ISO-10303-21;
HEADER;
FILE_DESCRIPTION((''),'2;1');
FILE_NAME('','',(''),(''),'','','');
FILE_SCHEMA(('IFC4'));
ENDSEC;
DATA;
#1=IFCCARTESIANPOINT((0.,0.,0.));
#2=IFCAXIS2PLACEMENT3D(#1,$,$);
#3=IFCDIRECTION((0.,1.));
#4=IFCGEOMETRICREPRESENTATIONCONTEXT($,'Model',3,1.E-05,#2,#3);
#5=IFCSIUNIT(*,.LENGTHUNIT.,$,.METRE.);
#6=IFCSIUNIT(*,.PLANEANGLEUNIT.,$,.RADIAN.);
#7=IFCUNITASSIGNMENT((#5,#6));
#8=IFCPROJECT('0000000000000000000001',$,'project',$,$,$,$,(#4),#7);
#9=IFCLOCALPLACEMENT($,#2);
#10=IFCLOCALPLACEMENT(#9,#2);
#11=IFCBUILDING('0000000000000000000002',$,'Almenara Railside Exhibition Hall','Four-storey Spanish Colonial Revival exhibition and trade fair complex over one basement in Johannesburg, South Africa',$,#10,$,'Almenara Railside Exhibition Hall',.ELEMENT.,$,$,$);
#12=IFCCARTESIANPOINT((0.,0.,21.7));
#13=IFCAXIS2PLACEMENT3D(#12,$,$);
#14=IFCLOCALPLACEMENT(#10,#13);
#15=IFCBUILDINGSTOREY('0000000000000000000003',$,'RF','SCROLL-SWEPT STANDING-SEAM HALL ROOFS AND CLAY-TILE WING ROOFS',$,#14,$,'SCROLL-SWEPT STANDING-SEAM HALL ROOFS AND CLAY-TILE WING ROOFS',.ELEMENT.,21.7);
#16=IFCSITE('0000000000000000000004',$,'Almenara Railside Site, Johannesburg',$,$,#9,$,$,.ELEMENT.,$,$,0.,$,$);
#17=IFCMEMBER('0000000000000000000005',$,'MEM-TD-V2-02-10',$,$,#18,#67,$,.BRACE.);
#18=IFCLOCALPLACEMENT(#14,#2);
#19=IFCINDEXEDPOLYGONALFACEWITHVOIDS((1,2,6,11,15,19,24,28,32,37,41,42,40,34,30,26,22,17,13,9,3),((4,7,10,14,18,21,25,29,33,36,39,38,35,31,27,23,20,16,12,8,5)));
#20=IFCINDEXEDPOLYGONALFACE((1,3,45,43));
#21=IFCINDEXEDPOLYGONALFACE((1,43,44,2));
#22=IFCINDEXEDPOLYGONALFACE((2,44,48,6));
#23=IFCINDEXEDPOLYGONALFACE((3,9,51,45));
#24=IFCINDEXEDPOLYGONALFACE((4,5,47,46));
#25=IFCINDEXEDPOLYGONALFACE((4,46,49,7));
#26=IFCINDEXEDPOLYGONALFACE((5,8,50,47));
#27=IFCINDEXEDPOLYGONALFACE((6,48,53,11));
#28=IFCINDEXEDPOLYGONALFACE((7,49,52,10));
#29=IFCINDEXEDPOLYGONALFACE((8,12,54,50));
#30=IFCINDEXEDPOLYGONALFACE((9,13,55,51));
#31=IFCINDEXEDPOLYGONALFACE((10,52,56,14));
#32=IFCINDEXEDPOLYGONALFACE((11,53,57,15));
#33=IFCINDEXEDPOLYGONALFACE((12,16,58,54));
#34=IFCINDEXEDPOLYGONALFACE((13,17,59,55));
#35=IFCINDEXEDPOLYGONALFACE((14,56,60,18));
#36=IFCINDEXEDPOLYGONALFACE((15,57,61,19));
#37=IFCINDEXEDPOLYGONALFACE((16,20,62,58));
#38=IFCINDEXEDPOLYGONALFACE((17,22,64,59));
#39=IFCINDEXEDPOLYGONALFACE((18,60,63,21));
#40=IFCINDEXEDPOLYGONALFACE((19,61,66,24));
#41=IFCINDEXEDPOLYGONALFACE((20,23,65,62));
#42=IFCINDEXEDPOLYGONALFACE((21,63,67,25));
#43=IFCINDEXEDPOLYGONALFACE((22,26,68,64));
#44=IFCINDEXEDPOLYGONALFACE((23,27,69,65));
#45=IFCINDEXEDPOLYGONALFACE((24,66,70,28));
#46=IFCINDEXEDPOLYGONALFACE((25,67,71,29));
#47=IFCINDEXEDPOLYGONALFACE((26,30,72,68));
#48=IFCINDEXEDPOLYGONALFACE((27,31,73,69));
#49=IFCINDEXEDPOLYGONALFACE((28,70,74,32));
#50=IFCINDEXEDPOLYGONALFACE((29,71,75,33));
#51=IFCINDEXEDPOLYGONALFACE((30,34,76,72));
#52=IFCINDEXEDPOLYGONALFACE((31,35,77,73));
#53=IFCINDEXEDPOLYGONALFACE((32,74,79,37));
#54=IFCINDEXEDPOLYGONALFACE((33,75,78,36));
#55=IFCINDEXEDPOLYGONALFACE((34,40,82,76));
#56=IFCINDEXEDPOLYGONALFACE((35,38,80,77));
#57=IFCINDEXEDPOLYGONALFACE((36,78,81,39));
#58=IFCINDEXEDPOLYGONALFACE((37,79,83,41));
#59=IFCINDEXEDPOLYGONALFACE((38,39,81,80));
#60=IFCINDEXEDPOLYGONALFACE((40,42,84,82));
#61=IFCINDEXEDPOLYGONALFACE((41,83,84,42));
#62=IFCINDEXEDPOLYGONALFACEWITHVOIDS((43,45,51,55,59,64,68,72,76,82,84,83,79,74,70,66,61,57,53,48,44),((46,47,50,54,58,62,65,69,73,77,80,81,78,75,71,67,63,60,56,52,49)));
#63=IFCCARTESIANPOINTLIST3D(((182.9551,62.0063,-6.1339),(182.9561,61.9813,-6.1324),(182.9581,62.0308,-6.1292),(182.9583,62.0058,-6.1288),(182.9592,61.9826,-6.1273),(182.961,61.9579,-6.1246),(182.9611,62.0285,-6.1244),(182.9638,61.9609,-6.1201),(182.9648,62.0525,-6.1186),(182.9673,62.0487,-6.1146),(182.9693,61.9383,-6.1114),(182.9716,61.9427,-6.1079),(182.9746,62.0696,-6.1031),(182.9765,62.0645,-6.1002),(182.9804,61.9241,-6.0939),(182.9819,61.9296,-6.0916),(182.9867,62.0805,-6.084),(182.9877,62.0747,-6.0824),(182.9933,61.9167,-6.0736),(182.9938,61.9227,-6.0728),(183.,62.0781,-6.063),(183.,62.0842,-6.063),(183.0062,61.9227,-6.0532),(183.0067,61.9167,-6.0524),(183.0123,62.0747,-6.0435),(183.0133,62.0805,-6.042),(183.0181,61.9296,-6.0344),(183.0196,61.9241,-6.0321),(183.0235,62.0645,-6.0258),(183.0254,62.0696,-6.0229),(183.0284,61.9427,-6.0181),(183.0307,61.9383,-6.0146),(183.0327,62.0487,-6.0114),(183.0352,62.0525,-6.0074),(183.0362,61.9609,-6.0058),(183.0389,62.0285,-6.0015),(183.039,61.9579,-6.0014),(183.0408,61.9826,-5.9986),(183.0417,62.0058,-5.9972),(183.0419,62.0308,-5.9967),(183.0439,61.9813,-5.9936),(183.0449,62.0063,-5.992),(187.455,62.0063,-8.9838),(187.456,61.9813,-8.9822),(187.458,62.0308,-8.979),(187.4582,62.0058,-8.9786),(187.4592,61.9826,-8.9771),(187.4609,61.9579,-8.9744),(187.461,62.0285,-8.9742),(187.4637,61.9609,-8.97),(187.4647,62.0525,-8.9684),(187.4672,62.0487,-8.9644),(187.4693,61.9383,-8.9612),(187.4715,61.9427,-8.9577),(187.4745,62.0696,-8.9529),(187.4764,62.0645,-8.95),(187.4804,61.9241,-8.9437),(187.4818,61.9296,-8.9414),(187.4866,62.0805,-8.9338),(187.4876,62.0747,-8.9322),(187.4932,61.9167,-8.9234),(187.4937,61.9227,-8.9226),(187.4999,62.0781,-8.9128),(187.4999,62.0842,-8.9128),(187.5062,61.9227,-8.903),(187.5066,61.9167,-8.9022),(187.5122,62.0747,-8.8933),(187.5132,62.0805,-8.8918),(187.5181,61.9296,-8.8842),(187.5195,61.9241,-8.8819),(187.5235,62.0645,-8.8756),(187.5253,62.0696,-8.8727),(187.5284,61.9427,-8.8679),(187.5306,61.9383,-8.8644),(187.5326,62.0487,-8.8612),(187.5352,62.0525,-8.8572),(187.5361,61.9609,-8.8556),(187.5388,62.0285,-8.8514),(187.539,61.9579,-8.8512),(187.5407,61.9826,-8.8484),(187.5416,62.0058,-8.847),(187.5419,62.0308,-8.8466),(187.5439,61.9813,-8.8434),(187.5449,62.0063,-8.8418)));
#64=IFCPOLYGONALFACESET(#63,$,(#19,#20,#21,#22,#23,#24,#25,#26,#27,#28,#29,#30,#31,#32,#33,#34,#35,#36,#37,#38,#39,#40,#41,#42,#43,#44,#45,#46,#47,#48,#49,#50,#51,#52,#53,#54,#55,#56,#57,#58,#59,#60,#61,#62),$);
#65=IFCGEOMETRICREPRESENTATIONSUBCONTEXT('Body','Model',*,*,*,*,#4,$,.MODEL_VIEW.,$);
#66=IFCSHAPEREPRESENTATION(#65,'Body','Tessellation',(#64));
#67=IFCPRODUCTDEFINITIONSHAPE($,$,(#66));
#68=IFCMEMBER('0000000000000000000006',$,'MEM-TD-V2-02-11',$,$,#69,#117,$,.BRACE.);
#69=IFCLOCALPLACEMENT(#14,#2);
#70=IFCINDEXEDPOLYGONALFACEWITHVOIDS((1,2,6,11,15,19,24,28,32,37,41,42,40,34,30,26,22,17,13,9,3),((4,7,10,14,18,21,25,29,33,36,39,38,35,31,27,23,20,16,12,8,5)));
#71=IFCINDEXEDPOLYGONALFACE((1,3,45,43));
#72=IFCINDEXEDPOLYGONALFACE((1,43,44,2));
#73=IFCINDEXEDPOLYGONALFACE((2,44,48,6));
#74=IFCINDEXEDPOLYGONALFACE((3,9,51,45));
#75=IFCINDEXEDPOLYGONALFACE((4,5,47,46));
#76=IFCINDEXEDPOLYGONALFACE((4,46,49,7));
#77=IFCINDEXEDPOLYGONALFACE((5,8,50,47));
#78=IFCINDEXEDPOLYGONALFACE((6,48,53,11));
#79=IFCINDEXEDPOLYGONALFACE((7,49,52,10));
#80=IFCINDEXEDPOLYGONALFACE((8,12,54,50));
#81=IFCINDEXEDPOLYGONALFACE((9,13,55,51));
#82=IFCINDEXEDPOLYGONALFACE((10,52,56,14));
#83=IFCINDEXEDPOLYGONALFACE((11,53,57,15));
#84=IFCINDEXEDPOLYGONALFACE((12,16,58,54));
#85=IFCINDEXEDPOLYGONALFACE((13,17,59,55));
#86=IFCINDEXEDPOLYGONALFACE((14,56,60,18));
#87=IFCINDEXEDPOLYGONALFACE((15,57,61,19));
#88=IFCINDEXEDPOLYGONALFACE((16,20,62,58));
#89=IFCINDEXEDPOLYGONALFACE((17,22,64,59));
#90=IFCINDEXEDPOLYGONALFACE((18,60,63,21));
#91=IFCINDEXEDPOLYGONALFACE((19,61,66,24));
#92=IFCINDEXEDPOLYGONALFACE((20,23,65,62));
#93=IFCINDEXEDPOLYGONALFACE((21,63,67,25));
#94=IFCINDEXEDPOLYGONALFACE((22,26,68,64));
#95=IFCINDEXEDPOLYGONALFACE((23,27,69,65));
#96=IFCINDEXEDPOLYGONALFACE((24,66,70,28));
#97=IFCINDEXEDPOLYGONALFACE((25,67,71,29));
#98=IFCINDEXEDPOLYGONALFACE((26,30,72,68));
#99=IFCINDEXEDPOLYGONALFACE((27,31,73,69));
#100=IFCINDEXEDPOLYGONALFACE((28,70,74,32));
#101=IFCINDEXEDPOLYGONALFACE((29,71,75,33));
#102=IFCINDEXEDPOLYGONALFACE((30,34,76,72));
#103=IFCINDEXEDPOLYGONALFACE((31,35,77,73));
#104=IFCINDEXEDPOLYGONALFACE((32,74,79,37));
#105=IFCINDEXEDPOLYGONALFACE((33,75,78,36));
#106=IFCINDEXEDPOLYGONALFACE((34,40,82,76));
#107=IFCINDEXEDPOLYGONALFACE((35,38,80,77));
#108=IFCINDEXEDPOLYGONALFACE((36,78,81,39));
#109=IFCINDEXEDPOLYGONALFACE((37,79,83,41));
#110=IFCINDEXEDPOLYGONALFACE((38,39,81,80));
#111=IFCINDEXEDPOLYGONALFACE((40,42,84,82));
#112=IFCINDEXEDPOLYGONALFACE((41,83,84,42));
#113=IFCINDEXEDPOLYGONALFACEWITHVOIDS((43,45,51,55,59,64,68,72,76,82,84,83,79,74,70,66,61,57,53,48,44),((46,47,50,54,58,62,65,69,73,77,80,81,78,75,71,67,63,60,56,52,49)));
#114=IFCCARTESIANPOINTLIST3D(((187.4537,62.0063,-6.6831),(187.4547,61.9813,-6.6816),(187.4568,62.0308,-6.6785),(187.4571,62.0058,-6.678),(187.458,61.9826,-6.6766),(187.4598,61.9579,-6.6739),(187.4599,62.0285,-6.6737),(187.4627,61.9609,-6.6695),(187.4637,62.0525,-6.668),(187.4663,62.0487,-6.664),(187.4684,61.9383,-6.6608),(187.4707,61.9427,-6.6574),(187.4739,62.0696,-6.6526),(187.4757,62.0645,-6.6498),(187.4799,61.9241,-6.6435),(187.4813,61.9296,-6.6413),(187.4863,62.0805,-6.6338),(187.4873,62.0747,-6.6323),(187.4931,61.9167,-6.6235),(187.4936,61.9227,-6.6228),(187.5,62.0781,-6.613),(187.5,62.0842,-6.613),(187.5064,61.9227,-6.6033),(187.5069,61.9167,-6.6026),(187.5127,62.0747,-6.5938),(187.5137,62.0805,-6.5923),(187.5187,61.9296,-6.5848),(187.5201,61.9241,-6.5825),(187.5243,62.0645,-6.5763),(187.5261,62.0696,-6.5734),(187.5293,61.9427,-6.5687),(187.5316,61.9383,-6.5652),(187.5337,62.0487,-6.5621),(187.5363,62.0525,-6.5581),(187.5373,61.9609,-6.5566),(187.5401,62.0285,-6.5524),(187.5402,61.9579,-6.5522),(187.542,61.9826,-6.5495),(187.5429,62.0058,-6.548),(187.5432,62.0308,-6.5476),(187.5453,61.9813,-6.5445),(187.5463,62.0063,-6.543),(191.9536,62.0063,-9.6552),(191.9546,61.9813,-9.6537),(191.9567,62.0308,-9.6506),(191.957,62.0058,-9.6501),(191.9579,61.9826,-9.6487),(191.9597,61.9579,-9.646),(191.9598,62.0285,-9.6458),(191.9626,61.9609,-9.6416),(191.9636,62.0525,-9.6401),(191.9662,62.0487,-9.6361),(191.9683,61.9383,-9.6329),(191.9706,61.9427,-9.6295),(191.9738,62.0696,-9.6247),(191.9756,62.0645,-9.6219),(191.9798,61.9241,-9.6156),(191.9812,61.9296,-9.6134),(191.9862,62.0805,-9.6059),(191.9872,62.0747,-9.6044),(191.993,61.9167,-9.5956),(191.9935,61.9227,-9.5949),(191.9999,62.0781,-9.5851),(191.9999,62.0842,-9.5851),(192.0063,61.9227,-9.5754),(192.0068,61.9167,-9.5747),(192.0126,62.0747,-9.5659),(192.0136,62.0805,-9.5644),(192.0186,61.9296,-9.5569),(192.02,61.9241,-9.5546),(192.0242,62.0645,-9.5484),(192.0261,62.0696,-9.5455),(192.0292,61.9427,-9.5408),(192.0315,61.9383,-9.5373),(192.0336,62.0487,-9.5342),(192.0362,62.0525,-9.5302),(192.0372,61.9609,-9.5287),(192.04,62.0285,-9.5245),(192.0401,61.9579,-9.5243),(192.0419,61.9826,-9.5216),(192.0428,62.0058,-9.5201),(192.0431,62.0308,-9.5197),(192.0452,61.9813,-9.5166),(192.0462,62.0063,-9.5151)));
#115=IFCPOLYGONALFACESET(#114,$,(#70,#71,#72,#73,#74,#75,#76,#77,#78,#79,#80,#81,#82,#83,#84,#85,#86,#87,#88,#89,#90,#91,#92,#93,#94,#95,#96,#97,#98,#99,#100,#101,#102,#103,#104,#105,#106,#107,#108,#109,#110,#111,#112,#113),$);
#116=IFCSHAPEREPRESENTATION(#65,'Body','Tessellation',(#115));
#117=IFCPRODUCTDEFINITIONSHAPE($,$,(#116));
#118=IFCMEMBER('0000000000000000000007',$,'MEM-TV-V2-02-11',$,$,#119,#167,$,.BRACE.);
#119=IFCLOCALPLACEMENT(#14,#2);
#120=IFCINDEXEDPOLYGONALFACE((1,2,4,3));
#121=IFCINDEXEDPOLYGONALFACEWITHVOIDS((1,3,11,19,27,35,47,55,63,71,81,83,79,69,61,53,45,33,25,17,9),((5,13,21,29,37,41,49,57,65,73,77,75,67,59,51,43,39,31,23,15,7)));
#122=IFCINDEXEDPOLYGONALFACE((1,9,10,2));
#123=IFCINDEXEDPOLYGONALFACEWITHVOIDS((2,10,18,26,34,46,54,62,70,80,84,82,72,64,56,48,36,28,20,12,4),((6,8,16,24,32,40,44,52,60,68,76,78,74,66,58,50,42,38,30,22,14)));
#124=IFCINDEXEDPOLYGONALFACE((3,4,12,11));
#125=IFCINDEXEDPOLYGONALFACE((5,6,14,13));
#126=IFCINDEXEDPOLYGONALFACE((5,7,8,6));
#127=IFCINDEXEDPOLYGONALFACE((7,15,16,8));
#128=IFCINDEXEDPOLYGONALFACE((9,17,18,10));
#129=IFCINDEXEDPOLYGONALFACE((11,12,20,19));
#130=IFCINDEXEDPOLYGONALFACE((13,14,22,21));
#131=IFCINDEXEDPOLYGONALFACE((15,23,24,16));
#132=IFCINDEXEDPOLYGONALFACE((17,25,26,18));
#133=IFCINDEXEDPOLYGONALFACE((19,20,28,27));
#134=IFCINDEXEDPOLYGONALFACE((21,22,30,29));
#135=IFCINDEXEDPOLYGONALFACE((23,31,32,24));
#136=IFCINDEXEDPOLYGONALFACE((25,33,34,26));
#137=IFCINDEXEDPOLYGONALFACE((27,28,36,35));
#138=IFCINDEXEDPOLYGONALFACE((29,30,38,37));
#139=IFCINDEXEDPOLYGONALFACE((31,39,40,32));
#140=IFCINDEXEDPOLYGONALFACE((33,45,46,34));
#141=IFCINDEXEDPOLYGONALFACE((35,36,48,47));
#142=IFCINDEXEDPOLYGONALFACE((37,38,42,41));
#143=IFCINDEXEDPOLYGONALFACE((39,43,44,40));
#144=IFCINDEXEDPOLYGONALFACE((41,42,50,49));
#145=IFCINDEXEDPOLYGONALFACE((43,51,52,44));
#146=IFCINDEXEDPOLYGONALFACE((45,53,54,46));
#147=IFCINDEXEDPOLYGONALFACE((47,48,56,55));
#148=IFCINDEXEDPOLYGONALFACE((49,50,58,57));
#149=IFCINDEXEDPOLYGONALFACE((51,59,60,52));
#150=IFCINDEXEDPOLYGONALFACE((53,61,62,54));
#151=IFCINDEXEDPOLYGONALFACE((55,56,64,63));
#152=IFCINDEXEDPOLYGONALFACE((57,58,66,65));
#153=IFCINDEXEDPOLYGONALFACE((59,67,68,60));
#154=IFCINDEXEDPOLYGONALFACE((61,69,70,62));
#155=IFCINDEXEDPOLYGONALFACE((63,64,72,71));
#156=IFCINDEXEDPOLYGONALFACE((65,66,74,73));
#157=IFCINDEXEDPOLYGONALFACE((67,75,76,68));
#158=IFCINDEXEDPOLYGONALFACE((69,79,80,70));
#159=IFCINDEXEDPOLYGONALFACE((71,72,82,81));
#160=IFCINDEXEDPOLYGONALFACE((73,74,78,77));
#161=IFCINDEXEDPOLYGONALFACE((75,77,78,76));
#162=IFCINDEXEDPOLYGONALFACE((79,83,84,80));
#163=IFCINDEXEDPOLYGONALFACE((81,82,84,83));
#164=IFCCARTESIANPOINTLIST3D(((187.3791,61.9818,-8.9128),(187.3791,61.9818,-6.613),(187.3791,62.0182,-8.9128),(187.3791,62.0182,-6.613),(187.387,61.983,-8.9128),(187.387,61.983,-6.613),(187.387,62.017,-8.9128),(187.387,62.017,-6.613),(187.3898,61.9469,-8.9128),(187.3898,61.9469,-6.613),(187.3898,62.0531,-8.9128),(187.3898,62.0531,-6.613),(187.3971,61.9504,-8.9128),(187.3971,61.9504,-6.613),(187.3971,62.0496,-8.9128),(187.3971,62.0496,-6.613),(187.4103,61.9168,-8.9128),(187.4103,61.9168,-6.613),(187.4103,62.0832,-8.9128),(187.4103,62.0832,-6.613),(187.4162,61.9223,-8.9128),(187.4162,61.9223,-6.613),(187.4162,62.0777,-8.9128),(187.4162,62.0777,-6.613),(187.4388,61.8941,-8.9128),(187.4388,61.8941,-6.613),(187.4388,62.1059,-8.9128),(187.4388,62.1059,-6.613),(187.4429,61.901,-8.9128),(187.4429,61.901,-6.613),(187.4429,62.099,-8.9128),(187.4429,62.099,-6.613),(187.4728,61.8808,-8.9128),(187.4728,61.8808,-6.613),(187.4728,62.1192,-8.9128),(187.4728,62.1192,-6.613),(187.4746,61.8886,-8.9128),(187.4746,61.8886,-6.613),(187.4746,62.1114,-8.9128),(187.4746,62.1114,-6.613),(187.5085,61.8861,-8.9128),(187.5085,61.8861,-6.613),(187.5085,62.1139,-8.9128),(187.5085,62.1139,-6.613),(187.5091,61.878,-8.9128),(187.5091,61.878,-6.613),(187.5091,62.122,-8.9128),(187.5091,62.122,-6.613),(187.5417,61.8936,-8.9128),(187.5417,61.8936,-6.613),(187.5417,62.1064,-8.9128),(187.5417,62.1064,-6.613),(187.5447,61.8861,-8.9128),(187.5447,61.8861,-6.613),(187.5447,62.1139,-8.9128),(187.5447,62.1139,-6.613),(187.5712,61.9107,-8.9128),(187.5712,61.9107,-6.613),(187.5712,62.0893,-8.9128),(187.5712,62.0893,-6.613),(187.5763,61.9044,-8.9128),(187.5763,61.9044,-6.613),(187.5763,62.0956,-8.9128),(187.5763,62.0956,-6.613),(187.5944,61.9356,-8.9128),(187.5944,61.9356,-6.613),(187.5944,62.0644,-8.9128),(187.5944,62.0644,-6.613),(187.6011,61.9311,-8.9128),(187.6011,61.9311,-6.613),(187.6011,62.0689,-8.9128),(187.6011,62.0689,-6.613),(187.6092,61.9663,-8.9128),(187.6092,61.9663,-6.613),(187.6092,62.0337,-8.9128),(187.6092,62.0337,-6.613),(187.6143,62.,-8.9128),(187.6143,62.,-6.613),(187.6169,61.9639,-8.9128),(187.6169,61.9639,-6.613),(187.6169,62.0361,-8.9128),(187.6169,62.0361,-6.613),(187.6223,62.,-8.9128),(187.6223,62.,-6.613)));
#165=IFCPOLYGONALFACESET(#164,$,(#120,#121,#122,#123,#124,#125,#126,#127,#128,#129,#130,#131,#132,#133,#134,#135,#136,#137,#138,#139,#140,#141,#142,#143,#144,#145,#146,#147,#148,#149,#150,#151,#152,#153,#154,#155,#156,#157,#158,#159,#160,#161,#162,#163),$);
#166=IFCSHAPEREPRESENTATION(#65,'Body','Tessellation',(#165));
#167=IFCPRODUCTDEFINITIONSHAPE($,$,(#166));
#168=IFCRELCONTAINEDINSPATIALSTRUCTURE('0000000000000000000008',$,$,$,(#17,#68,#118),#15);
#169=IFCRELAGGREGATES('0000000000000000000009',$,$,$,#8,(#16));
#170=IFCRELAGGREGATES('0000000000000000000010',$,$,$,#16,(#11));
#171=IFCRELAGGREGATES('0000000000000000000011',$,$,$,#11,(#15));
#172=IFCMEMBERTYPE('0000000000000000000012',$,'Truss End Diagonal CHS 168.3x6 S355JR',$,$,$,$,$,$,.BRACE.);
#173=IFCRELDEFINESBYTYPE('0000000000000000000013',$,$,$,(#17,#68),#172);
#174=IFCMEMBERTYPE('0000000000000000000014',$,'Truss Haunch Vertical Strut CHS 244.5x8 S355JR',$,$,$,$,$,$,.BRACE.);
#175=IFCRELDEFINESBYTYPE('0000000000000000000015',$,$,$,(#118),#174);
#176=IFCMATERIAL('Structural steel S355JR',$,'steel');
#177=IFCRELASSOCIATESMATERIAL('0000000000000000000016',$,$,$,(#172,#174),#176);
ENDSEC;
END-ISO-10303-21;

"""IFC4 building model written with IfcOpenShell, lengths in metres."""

from ifc_helpers import new_model, si_unit, direction, frame, origin, origin_2d, place, context, subcontext, project, spatial, hollow_circle, extrude, material, material_profile, profile_set, type_object, element, save


model = new_model("IFC4")

# Units and contexts
model_context = context("Model", 3, precision=1e-05, world=origin(), true_north=direction((0.0, 1.0)))
body_context = subcontext(model_context, "Body", "Model", "MODEL_VIEW")
ifc_project = project(units=[si_unit("LENGTHUNIT", "METRE"), si_unit("PLANEANGLEUNIT", "RADIAN")], contexts=[model_context])

# Site, building, storey
site_placement = place(None, origin())
site = spatial("IfcSite", under=ifc_project, at=site_placement, Name="Almenara Railside Site, Johannesburg", CompositionType="ELEMENT", RefElevation=0.0)
building_placement = place(site_placement, origin())
building = spatial("IfcBuilding", under=site, at=building_placement, Name="Almenara Railside Exhibition Hall", Description="Four-storey Spanish Colonial Revival exhibition and trade fair complex over one basement in Johannesburg, South Africa", LongName="Almenara Railside Exhibition Hall", CompositionType="ELEMENT")
storey_placement = place(building_placement, frame((0.0, 0.0, 21.7)))
storey = spatial("IfcBuildingStorey", under=building, at=storey_placement, Name="RF", Description="SCROLL-SWEPT STANDING-SEAM HALL ROOFS AND CLAY-TILE WING ROOFS", LongName="SCROLL-SWEPT STANDING-SEAM HALL ROOFS AND CLAY-TILE WING ROOFS", CompositionType="ELEMENT", Elevation=21.7)

# Shared definitions
ifc_material_1 = material(Name="Structural steel S355JR", Category="steel")

# Members
ifc_material_profile_1 = material_profile(ifc_material_1, hollow_circle(Radius=0.0842, WallThickness=0.0061, at=origin_2d()), Name="CHS 168.3x6")
ifc_profile_set_1 = profile_set([ifc_material_profile_1], Name="Structural steel S355JR")
member_type_1 = type_object("IfcMemberType", Name="Truss End Diagonal CHS 168.3x6 S355JR", PredefinedType="BRACE", material=ifc_profile_set_1)
member_1_placement = place(storey_placement, frame((183.0, 62.0, -6.063), z_axis=(0.844832, 0.0, -0.535032), x_axis=(0.0, 1.0, 0.0)))
element("IfcMember", 1, at=member_1_placement, inside=storey, type_object=member_type_1, Name="MEM-TD-V2-02-10", PredefinedType="BRACE", context=body_context, shape_type="SweptSolid", body=[
    extrude(hollow_circle(Radius=0.0842, WallThickness=0.0061, at=origin_2d()), origin(), (0.0, 0.0, 1.0), 5.3264),
])
member_2_placement = place(storey_placement, frame((187.5, 62.0, -6.613), z_axis=(0.834425, 0.0, -0.551122), x_axis=(0.0, 1.0, 0.0)))
element("IfcMember", 2, at=member_2_placement, inside=storey, type_object=member_type_1, Name="MEM-TD-V2-02-11", PredefinedType="BRACE", context=body_context, shape_type="SweptSolid", body=[
    extrude(hollow_circle(Radius=0.0842, WallThickness=0.0061, at=origin_2d()), origin(), (0.0, 0.0, 1.0), 5.3928),
])
ifc_material_profile_2 = material_profile(ifc_material_1, hollow_circle(Radius=0.1223, WallThickness=0.0081, at=origin_2d()), Name="CHS 244.5x8")
ifc_profile_set_2 = profile_set([ifc_material_profile_2], Name="Structural steel S355JR")
member_type_2 = type_object("IfcMemberType", Name="Truss Haunch Vertical Strut CHS 244.5x8 S355JR", PredefinedType="BRACE", material=ifc_profile_set_2)
member_3_placement = place(storey_placement, frame((187.5, 62.0, -8.9128), z_axis=(0.0, 0.0, 1.0), x_axis=(1.0, 0.0, 0.0)))
element("IfcMember", 3, at=member_3_placement, inside=storey, type_object=member_type_2, Name="MEM-TV-V2-02-11", PredefinedType="BRACE", context=body_context, shape_type="SweptSolid", body=[
    extrude(hollow_circle(Radius=0.1223, WallThickness=0.0081, at=origin_2d()), origin(), (0.0, 0.0, 1.0), 2.2998),
])

save(model, "model.ifc")
